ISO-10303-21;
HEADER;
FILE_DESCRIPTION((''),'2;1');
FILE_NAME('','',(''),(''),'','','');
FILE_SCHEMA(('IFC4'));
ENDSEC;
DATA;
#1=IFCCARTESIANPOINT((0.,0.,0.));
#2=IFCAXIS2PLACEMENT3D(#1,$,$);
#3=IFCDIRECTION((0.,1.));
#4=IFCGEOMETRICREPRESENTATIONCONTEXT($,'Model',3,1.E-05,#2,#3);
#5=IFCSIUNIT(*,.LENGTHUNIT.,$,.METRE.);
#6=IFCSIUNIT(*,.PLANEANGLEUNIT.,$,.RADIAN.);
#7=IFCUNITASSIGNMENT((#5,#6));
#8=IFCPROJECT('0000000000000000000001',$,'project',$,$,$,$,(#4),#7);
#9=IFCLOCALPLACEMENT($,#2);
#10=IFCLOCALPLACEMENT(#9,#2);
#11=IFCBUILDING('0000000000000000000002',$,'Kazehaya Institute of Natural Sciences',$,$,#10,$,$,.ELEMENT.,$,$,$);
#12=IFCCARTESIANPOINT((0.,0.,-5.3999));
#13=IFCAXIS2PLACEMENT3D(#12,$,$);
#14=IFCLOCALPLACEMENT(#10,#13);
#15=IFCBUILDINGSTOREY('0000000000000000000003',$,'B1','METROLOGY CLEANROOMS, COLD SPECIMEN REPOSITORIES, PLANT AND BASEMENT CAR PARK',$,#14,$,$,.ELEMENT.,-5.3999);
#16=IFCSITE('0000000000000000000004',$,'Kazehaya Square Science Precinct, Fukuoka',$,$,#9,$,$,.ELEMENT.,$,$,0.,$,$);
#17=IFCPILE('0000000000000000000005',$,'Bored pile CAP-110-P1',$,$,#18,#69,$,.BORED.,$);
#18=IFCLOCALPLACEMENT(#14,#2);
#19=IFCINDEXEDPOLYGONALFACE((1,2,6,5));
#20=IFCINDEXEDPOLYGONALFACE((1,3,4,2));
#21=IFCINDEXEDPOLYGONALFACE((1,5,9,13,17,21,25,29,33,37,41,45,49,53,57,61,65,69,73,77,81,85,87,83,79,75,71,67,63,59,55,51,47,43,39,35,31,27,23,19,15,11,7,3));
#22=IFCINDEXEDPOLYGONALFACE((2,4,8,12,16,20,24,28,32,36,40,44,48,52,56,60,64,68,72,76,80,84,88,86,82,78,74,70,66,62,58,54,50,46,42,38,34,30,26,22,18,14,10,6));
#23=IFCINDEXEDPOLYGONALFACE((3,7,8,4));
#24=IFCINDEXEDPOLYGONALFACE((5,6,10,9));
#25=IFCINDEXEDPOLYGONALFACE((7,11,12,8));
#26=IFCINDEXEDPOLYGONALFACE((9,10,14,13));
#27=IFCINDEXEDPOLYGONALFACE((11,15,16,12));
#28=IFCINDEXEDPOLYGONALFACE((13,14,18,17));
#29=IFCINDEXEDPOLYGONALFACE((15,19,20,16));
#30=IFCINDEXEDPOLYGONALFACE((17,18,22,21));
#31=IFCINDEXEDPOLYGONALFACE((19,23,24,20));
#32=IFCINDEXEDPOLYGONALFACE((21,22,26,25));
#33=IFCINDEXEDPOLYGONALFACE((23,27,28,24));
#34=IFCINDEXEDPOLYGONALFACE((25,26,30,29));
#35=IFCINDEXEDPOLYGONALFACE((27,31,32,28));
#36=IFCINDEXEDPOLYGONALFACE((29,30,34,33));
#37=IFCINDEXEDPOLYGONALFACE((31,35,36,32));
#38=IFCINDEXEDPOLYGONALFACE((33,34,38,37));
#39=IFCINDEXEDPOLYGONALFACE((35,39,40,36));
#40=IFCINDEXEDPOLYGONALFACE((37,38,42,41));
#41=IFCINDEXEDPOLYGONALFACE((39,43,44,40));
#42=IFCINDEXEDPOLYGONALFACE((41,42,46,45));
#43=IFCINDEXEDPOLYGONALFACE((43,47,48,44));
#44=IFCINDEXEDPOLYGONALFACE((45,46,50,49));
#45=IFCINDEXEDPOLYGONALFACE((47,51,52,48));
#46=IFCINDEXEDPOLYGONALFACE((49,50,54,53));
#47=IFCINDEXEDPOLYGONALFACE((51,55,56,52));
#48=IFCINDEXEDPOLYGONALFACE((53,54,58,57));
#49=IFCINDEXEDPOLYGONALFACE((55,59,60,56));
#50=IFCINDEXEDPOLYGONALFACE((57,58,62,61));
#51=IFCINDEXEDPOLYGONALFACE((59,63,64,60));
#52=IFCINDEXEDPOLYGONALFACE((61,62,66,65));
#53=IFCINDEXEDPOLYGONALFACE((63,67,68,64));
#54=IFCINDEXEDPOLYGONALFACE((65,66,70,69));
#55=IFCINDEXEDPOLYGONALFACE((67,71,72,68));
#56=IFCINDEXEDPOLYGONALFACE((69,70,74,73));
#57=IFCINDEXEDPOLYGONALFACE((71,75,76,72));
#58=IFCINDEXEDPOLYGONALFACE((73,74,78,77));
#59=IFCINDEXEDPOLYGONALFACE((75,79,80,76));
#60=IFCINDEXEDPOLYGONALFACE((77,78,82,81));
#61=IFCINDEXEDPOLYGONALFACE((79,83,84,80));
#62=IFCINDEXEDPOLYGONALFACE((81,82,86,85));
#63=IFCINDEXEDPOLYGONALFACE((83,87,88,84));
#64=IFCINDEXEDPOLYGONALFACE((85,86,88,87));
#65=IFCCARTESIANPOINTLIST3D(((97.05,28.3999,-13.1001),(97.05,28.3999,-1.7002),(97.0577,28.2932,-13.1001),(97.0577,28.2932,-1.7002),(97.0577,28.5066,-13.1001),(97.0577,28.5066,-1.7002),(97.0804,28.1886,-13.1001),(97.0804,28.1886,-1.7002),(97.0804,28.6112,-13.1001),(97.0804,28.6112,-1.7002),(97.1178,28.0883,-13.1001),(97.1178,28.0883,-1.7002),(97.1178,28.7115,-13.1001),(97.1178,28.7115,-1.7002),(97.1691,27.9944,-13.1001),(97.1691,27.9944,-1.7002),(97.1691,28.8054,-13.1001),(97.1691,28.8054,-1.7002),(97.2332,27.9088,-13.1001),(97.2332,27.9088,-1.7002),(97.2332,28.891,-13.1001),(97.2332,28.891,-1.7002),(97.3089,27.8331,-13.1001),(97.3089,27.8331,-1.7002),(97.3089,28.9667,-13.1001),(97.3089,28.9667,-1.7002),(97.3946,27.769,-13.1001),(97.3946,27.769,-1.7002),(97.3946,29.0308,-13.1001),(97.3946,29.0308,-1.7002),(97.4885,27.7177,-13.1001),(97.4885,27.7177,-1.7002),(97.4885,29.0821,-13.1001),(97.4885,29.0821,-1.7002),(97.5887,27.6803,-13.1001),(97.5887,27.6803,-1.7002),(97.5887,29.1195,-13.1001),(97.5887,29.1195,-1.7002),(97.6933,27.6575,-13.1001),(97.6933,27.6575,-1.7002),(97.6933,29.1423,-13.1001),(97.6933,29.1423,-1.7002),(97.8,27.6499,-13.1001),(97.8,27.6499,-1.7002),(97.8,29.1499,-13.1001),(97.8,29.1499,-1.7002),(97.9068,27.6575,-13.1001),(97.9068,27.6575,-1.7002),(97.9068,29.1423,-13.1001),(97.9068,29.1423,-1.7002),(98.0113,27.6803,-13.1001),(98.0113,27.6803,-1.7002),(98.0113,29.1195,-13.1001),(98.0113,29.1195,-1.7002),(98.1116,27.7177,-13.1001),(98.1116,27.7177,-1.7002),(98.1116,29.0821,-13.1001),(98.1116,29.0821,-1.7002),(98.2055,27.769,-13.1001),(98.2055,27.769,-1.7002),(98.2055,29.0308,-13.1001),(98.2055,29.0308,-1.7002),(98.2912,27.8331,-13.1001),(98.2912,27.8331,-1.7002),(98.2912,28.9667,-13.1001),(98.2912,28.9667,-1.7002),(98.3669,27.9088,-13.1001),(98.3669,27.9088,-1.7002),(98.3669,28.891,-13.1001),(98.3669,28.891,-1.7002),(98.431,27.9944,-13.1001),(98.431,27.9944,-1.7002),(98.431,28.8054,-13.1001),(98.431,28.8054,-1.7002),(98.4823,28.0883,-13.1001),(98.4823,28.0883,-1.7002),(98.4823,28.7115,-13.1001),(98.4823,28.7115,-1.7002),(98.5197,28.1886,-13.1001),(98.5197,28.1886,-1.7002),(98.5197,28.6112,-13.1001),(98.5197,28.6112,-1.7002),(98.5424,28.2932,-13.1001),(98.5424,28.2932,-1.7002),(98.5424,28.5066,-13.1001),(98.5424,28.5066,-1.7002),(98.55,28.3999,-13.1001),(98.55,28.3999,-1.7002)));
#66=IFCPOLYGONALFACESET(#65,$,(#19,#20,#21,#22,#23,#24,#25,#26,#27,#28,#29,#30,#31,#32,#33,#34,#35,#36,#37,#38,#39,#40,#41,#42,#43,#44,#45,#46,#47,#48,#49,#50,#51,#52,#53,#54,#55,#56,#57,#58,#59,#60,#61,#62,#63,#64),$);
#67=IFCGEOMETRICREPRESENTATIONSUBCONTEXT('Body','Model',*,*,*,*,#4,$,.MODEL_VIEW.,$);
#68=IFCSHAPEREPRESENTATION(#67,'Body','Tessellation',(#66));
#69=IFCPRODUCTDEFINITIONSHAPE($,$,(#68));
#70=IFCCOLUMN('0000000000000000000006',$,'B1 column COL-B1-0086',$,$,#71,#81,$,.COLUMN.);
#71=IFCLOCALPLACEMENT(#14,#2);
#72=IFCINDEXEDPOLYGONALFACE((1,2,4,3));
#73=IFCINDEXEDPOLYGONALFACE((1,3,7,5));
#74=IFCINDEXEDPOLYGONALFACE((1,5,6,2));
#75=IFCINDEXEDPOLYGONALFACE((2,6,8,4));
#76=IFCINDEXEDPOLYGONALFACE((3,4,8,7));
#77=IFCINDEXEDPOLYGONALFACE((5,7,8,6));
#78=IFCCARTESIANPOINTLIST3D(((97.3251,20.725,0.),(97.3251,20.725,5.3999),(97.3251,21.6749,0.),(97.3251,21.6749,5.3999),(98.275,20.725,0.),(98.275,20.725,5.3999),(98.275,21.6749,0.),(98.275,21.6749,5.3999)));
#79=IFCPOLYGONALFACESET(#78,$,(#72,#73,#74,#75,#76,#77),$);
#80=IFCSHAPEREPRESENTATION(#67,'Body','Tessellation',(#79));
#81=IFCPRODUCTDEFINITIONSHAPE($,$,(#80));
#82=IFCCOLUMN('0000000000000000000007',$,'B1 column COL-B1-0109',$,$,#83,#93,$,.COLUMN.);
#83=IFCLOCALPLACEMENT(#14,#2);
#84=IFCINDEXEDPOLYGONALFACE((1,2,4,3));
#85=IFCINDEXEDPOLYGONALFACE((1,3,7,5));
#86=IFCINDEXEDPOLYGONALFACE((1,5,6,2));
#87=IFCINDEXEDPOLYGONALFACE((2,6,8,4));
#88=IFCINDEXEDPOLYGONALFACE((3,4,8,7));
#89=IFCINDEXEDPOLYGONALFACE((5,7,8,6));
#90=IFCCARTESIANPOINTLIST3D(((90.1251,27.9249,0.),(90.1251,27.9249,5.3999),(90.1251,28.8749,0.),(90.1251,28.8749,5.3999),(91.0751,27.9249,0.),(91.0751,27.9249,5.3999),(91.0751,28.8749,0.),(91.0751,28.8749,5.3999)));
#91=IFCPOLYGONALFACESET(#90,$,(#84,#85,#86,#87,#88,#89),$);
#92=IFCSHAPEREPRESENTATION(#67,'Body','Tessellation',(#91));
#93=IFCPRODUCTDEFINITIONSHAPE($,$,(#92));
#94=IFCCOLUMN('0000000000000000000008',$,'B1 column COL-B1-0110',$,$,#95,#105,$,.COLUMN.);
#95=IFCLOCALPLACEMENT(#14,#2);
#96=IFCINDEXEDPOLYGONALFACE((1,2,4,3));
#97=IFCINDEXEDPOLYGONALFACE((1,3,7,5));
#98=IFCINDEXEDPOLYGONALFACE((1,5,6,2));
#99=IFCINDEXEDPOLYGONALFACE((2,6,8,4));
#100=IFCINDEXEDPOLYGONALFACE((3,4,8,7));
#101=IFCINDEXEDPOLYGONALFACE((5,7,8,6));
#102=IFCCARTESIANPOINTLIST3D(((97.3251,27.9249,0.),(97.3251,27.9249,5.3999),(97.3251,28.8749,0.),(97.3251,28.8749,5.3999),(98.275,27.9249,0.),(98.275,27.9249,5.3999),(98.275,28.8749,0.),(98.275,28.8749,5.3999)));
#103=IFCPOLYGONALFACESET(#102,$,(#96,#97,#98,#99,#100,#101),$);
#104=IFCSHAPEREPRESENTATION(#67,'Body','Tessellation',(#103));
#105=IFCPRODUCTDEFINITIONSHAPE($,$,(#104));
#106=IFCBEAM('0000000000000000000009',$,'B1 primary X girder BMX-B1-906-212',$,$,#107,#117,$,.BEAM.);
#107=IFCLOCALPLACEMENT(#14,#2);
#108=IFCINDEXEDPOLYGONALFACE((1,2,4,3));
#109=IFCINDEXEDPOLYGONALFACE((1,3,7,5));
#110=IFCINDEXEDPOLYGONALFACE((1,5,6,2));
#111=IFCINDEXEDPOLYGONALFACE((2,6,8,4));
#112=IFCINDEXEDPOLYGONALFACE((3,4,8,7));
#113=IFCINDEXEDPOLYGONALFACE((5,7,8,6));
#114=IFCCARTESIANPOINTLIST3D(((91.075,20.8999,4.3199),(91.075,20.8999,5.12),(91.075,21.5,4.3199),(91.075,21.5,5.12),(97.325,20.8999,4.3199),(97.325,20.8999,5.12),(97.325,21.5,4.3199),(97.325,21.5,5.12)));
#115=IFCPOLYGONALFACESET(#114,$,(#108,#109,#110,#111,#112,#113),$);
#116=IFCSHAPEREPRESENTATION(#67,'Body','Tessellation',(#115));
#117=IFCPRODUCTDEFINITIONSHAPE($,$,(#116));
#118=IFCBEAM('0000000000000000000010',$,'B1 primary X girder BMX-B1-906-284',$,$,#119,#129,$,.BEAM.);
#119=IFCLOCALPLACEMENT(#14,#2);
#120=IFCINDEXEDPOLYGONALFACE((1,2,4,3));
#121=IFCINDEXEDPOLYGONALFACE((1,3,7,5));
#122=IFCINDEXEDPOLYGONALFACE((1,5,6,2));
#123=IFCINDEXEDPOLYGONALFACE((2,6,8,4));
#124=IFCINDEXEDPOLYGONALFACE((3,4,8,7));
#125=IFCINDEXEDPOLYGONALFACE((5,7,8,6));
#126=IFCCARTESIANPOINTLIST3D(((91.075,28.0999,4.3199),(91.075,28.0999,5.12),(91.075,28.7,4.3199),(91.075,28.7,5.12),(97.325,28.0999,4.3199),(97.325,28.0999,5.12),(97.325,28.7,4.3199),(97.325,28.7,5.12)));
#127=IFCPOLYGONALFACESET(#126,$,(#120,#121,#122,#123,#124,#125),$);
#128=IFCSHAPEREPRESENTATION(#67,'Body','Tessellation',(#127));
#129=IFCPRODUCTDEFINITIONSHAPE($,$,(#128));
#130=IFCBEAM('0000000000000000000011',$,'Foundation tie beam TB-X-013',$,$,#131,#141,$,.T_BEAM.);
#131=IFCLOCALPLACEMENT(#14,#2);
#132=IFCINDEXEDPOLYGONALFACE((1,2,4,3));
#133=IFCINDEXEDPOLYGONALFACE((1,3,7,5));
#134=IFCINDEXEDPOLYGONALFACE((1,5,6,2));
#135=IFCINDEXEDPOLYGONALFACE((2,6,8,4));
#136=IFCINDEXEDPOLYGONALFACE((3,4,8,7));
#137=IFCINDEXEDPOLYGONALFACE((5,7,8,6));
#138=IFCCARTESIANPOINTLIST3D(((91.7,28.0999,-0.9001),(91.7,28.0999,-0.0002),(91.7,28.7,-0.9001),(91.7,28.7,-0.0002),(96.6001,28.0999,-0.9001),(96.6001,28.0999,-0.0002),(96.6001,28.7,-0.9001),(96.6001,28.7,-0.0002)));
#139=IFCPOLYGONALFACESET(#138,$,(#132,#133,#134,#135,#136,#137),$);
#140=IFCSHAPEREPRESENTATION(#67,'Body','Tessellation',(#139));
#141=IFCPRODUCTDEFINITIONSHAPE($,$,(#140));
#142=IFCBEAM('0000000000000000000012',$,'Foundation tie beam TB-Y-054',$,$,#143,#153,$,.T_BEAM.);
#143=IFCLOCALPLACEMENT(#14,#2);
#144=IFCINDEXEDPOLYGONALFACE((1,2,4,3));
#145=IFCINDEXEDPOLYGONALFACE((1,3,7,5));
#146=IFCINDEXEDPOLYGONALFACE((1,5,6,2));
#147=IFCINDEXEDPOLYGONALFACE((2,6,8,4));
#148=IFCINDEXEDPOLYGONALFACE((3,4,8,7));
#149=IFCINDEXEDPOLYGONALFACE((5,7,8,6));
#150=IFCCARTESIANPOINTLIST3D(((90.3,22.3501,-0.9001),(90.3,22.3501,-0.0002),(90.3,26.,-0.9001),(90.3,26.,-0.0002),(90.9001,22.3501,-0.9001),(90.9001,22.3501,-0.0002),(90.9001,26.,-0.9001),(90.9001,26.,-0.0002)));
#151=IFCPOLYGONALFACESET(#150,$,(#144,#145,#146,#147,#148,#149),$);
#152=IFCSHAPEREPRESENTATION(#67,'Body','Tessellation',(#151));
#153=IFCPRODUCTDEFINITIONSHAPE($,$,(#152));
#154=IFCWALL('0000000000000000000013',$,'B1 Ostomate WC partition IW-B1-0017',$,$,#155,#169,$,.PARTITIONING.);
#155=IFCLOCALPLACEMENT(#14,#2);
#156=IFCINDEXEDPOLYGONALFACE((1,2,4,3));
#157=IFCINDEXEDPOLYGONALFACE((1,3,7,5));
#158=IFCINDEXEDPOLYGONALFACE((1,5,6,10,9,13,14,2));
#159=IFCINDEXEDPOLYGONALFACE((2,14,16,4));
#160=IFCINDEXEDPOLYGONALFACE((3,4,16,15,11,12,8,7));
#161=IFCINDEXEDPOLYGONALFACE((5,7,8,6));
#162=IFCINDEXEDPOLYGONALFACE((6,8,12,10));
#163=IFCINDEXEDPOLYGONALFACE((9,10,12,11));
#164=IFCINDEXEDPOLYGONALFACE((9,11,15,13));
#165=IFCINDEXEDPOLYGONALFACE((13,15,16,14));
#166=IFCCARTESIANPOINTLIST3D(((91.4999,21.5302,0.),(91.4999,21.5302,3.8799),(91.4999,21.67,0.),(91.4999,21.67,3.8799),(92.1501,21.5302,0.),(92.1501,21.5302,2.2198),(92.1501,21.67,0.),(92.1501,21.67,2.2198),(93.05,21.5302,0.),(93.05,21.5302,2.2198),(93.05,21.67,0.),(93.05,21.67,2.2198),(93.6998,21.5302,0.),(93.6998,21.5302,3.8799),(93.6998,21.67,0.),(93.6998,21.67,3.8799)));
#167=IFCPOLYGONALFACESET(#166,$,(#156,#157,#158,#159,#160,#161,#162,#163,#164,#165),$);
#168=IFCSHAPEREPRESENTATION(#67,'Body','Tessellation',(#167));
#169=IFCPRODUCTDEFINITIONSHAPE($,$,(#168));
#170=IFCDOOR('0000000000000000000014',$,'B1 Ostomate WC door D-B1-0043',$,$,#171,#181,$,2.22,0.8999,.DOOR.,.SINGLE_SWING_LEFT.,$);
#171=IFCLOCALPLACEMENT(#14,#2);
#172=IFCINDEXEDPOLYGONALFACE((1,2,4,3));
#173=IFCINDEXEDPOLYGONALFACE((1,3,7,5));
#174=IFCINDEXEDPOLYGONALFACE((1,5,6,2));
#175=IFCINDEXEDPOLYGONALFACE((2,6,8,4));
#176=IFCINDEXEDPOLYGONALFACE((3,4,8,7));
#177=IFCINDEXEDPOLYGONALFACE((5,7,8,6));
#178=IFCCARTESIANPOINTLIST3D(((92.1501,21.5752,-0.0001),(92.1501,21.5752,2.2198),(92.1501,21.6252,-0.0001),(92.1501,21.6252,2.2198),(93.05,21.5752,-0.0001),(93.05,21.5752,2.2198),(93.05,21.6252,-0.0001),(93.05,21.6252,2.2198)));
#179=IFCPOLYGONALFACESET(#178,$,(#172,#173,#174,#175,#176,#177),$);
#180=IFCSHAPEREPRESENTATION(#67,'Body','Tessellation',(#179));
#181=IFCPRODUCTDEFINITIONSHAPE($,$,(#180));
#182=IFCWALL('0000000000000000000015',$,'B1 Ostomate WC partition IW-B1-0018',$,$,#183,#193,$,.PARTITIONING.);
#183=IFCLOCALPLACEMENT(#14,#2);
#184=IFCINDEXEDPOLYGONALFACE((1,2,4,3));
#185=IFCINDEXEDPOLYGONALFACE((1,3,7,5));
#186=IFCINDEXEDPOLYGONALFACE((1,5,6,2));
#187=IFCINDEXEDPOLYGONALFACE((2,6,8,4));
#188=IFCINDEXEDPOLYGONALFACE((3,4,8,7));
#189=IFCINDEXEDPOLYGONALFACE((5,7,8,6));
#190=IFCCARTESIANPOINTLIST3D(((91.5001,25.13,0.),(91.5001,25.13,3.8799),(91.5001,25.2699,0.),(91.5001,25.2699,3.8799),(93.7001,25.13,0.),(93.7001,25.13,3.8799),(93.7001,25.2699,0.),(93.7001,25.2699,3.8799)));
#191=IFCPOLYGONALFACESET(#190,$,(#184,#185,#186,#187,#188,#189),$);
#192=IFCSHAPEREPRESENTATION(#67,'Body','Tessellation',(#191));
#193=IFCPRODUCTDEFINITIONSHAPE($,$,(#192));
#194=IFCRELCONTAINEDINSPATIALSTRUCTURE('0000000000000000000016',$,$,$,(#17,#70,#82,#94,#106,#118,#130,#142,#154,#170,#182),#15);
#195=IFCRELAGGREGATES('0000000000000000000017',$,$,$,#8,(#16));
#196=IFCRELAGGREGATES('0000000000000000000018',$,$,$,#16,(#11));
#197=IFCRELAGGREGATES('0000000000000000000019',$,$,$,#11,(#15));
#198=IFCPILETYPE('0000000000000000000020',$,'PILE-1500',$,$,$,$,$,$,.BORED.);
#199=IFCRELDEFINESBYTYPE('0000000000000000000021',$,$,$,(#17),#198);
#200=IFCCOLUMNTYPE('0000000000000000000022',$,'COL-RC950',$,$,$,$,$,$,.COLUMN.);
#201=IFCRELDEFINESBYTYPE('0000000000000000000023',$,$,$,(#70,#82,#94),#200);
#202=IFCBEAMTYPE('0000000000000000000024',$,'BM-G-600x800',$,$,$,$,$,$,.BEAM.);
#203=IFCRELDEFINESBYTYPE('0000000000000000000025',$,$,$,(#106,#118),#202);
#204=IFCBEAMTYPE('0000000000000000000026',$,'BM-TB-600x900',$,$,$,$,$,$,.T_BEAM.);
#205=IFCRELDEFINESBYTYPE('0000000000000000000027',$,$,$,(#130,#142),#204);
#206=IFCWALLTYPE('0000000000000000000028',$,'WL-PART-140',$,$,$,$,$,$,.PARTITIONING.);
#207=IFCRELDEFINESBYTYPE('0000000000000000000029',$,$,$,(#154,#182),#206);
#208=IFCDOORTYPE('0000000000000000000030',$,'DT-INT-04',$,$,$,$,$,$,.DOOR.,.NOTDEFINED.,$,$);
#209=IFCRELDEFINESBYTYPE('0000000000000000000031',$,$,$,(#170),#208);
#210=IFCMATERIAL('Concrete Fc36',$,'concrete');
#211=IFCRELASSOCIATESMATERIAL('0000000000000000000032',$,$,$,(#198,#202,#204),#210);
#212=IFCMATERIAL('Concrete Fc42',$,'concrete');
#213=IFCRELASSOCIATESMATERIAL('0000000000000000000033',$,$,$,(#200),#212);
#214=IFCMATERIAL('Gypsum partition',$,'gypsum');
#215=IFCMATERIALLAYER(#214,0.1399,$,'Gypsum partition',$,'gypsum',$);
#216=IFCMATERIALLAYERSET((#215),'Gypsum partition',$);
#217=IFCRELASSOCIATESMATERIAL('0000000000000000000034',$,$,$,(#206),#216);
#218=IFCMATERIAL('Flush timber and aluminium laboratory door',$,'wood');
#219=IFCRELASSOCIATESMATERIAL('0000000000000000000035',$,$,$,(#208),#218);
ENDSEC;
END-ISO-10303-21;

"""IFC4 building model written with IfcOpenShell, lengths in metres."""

from ifc_helpers import new_model, si_unit, direction, frame, frame_2d, origin, origin_2d, place, context, subcontext, project, spatial, rectangle, circle, extrude, material, layer, layer_set, material_profile, profile_set, type_object, element, fill, save


model = new_model("IFC4")

# Units and contexts
model_context = context("Model", 3, precision=1e-05, world=origin(), true_north=direction((0.0, 1.0)))
body_context = subcontext(model_context, "Body", "Model", "MODEL_VIEW")
ifc_project = project(units=[si_unit("LENGTHUNIT", "METRE"), si_unit("PLANEANGLEUNIT", "RADIAN")], contexts=[model_context])

# Site, building, storey
site_placement = place(None, origin())
site = spatial("IfcSite", under=ifc_project, at=site_placement, Name="Kazehaya Square Science Precinct, Fukuoka", CompositionType="ELEMENT", RefElevation=0.0)
building_placement = place(site_placement, origin())
building = spatial("IfcBuilding", under=site, at=building_placement, Name="Kazehaya Institute of Natural Sciences", CompositionType="ELEMENT")
storey_placement = place(building_placement, frame((0.0, 0.0, -5.3999)))
storey = spatial("IfcBuildingStorey", under=building, at=storey_placement, Name="B1", Description="METROLOGY CLEANROOMS, COLD SPECIMEN REPOSITORIES, PLANT AND BASEMENT CAR PARK", CompositionType="ELEMENT", Elevation=-5.3999)

# Shared definitions
ifc_material_1 = material(Name="Concrete Fc36", Category="concrete")

# Pile
ifc_material_profile_1 = material_profile(ifc_material_1, circle(Radius=0.75, at=origin_2d()), Name="PILE-1500")
ifc_profile_set_1 = profile_set([ifc_material_profile_1], Name="Concrete Fc36")
pile_type_1 = type_object("IfcPileType", Name="PILE-1500", PredefinedType="BORED", material=ifc_profile_set_1)
for number, where, z_axis, x_axis, name in (
    (1, (97.8, 28.3999, -1.7002), (0.0, 0.0, -1.0), (1.0, 0.0, 0.0), "Bored pile CAP-110-P1"),
):
    element("IfcPile", number, at=place(storey_placement, frame(where, z_axis=z_axis, x_axis=x_axis)), inside=storey, type_object=pile_type_1, Name=name, PredefinedType="BORED", context=body_context, shape_type="SweptSolid", body=[
        extrude(circle(Radius=0.75, at=origin_2d()), origin(), (0.0, 0.0, 1.0), 11.3999),
    ])

# Columns
ifc_material_2 = material(Name="Concrete Fc42", Category="concrete")
ifc_material_profile_2 = material_profile(ifc_material_2, rectangle(XDim=0.95, YDim=0.95, at=origin_2d()), Name="RC-950x950")
ifc_profile_set_2 = profile_set([ifc_material_profile_2], Name="Concrete Fc42")
column_type = type_object("IfcColumnType", Name="COL-RC950", PredefinedType="COLUMN", material=ifc_profile_set_2)
for number, where, z_axis, x_axis, name in (
    (2, (97.8, 21.2, 0.0), (0.0, 0.0, 1.0), (1.0, 0.0, 0.0), "B1 column COL-B1-0086"),
    (3, (90.6001, 28.3999, 0.0), (0.0, 0.0, 1.0), (1.0, 0.0, 0.0), "B1 column COL-B1-0109"),
    (4, (97.8, 28.3999, 0.0), (0.0, 0.0, 1.0), (1.0, 0.0, 0.0), "B1 column COL-B1-0110"),
):
    element("IfcColumn", number, at=place(storey_placement, frame(where, z_axis=z_axis, x_axis=x_axis)), inside=storey, type_object=column_type, Name=name, PredefinedType="COLUMN", context=body_context, shape_type="SweptSolid", body=[
        extrude(rectangle(XDim=0.95, YDim=0.95, at=origin_2d()), origin(), (0.0, 0.0, 1.0), 5.3999),
    ])

# Beams
ifc_material_profile_3 = material_profile(ifc_material_1, rectangle(XDim=0.6001, YDim=0.8, at=origin_2d()), Name="RC-600x800")
ifc_profile_set_3 = profile_set([ifc_material_profile_3], Name="Concrete Fc36")
beam_type_1 = type_object("IfcBeamType", Name="BM-G-600x800", PredefinedType="BEAM", material=ifc_profile_set_3)
for number, where, z_axis, x_axis, name in (
    (5, (91.075, 21.2, 4.72), (1.0, 0.0, 0.0), (0.0, 1.0, 0.0), "B1 primary X girder BMX-B1-906-212"),
    (6, (91.075, 28.3999, 4.72), (1.0, 0.0, 0.0), (0.0, 1.0, 0.0), "B1 primary X girder BMX-B1-906-284"),
):
    element("IfcBeam", number, at=place(storey_placement, frame(where, z_axis=z_axis, x_axis=x_axis)), inside=storey, type_object=beam_type_1, Name=name, PredefinedType="BEAM", context=body_context, shape_type="SweptSolid", body=[
        extrude(rectangle(XDim=0.6001, YDim=0.8, at=origin_2d()), origin(), (0.0, 0.0, 1.0), 6.25),
    ])
ifc_material_profile_4 = material_profile(ifc_material_1, rectangle(XDim=0.6001, YDim=0.8999, at=origin_2d()), Name="RC-600x900")
ifc_profile_set_4 = profile_set([ifc_material_profile_4], Name="Concrete Fc36")
beam_type_2 = type_object("IfcBeamType", Name="BM-TB-600x900", PredefinedType="T_BEAM", material=ifc_profile_set_4)
beam_1_placement = place(storey_placement, frame((91.7, 28.3999, -0.4502), z_axis=(1.0, 0.0, 0.0), x_axis=(0.0, 1.0, 0.0)))
element("IfcBeam", 7, at=beam_1_placement, inside=storey, type_object=beam_type_2, Name="Foundation tie beam TB-X-013", PredefinedType="T_BEAM", context=body_context, shape_type="SweptSolid", body=[
    extrude(rectangle(XDim=0.6001, YDim=0.8999, at=origin_2d()), origin(), (0.0, 0.0, 1.0), 4.9001),
])
beam_2_placement = place(storey_placement, frame((90.6001, 22.3501, -0.4502), z_axis=(0.0, 1.0, 0.0), x_axis=(-1.0, 0.0, 0.0)))
element("IfcBeam", 8, at=beam_2_placement, inside=storey, type_object=beam_type_2, Name="Foundation tie beam TB-Y-054", PredefinedType="T_BEAM", context=body_context, shape_type="SweptSolid", body=[
    extrude(rectangle(XDim=0.6001, YDim=0.8999, at=origin_2d()), origin(), (0.0, 0.0, 1.0), 3.6499),
])

# Wall, opening, door
ifc_material_3 = material(Name="Gypsum partition", Category="gypsum")
ifc_layer_1 = layer(ifc_material_3, 0.1399, Name="Gypsum partition", Category="gypsum")
ifc_layer_set_1 = layer_set([ifc_layer_1], Name="Gypsum partition")
wall_type_1 = type_object("IfcWallType", Name="WL-PART-140", PredefinedType="PARTITIONING", material=ifc_layer_set_1)
wall_1_placement = place(storey_placement, frame((93.7, 21.6001, 0.0), z_axis=(0.0, 0.0, 1.0), x_axis=(-1.0, 0.0, 0.0)))
wall_1 = element("IfcWall", 9, at=wall_1_placement, inside=storey, type_object=wall_type_1, Name="B1 Ostomate WC partition IW-B1-0017", PredefinedType="PARTITIONING", context=body_context, shape_type="SweptSolid", body=[
    extrude(rectangle(XDim=2.2, YDim=0.1399, at=frame_2d((1.1001, 0.0))), origin(), (0.0, 0.0, 1.0), 3.8799),
])
opening_1_placement = place(wall_1_placement, frame((0.6499, 0.0, 0.0)))
opening_1 = element("IfcOpeningElement", 10, at=opening_1_placement, cuts=wall_1, PredefinedType="OPENING", context=body_context, shape_type="SweptSolid", body=[
    extrude(rectangle(XDim=0.8999, YDim=2.22, at=frame_2d((0.45, 1.1099))), frame((0.0, 0.0798, 0.0), z_axis=(0.0, -1.0, 0.0), x_axis=(1.0, 0.0, 0.0)), (0.0, 0.0, 1.0), 0.1599),
])
ifc_material_4 = material(Name="Flush timber and aluminium laboratory door", Category="wood")
door_type_1 = type_object("IfcDoorType", Name="DT-INT-04", OperationType="NOTDEFINED", PredefinedType="DOOR", material=ifc_material_4)
door_1_placement = place(opening_1_placement, origin())
door_1 = element("IfcDoor", 11, at=door_1_placement, inside=storey, type_object=door_type_1, Name="B1 Ostomate WC door D-B1-0043", OperationType="SINGLE_SWING_LEFT", OverallHeight=2.22, OverallWidth=0.8999, PredefinedType="DOOR", context=body_context, shape_type="SweptSolid", body=[
    extrude(rectangle(XDim=0.8999, YDim=2.22, at=frame_2d((0.45, 1.1099))), frame((0.0, 0.0249, 0.0), z_axis=(0.0, -1.0, 0.0), x_axis=(1.0, 0.0, 0.0)), (0.0, 0.0, 1.0), 0.05),
])
fill(opening_1, door_1)

# Wall
wall_2_placement = place(storey_placement, frame((91.5, 25.2, 0.0), z_axis=(0.0, 0.0, 1.0), x_axis=(1.0, 0.0, 0.0)))
element("IfcWall", 12, at=wall_2_placement, inside=storey, type_object=wall_type_1, Name="B1 Ostomate WC partition IW-B1-0018", PredefinedType="PARTITIONING", context=body_context, shape_type="SweptSolid", body=[
    extrude(rectangle(XDim=2.2, YDim=0.1399, at=frame_2d((1.1001, 0.0))), origin(), (0.0, 0.0, 1.0), 3.8799),
])

save(model, "model.ifc")
